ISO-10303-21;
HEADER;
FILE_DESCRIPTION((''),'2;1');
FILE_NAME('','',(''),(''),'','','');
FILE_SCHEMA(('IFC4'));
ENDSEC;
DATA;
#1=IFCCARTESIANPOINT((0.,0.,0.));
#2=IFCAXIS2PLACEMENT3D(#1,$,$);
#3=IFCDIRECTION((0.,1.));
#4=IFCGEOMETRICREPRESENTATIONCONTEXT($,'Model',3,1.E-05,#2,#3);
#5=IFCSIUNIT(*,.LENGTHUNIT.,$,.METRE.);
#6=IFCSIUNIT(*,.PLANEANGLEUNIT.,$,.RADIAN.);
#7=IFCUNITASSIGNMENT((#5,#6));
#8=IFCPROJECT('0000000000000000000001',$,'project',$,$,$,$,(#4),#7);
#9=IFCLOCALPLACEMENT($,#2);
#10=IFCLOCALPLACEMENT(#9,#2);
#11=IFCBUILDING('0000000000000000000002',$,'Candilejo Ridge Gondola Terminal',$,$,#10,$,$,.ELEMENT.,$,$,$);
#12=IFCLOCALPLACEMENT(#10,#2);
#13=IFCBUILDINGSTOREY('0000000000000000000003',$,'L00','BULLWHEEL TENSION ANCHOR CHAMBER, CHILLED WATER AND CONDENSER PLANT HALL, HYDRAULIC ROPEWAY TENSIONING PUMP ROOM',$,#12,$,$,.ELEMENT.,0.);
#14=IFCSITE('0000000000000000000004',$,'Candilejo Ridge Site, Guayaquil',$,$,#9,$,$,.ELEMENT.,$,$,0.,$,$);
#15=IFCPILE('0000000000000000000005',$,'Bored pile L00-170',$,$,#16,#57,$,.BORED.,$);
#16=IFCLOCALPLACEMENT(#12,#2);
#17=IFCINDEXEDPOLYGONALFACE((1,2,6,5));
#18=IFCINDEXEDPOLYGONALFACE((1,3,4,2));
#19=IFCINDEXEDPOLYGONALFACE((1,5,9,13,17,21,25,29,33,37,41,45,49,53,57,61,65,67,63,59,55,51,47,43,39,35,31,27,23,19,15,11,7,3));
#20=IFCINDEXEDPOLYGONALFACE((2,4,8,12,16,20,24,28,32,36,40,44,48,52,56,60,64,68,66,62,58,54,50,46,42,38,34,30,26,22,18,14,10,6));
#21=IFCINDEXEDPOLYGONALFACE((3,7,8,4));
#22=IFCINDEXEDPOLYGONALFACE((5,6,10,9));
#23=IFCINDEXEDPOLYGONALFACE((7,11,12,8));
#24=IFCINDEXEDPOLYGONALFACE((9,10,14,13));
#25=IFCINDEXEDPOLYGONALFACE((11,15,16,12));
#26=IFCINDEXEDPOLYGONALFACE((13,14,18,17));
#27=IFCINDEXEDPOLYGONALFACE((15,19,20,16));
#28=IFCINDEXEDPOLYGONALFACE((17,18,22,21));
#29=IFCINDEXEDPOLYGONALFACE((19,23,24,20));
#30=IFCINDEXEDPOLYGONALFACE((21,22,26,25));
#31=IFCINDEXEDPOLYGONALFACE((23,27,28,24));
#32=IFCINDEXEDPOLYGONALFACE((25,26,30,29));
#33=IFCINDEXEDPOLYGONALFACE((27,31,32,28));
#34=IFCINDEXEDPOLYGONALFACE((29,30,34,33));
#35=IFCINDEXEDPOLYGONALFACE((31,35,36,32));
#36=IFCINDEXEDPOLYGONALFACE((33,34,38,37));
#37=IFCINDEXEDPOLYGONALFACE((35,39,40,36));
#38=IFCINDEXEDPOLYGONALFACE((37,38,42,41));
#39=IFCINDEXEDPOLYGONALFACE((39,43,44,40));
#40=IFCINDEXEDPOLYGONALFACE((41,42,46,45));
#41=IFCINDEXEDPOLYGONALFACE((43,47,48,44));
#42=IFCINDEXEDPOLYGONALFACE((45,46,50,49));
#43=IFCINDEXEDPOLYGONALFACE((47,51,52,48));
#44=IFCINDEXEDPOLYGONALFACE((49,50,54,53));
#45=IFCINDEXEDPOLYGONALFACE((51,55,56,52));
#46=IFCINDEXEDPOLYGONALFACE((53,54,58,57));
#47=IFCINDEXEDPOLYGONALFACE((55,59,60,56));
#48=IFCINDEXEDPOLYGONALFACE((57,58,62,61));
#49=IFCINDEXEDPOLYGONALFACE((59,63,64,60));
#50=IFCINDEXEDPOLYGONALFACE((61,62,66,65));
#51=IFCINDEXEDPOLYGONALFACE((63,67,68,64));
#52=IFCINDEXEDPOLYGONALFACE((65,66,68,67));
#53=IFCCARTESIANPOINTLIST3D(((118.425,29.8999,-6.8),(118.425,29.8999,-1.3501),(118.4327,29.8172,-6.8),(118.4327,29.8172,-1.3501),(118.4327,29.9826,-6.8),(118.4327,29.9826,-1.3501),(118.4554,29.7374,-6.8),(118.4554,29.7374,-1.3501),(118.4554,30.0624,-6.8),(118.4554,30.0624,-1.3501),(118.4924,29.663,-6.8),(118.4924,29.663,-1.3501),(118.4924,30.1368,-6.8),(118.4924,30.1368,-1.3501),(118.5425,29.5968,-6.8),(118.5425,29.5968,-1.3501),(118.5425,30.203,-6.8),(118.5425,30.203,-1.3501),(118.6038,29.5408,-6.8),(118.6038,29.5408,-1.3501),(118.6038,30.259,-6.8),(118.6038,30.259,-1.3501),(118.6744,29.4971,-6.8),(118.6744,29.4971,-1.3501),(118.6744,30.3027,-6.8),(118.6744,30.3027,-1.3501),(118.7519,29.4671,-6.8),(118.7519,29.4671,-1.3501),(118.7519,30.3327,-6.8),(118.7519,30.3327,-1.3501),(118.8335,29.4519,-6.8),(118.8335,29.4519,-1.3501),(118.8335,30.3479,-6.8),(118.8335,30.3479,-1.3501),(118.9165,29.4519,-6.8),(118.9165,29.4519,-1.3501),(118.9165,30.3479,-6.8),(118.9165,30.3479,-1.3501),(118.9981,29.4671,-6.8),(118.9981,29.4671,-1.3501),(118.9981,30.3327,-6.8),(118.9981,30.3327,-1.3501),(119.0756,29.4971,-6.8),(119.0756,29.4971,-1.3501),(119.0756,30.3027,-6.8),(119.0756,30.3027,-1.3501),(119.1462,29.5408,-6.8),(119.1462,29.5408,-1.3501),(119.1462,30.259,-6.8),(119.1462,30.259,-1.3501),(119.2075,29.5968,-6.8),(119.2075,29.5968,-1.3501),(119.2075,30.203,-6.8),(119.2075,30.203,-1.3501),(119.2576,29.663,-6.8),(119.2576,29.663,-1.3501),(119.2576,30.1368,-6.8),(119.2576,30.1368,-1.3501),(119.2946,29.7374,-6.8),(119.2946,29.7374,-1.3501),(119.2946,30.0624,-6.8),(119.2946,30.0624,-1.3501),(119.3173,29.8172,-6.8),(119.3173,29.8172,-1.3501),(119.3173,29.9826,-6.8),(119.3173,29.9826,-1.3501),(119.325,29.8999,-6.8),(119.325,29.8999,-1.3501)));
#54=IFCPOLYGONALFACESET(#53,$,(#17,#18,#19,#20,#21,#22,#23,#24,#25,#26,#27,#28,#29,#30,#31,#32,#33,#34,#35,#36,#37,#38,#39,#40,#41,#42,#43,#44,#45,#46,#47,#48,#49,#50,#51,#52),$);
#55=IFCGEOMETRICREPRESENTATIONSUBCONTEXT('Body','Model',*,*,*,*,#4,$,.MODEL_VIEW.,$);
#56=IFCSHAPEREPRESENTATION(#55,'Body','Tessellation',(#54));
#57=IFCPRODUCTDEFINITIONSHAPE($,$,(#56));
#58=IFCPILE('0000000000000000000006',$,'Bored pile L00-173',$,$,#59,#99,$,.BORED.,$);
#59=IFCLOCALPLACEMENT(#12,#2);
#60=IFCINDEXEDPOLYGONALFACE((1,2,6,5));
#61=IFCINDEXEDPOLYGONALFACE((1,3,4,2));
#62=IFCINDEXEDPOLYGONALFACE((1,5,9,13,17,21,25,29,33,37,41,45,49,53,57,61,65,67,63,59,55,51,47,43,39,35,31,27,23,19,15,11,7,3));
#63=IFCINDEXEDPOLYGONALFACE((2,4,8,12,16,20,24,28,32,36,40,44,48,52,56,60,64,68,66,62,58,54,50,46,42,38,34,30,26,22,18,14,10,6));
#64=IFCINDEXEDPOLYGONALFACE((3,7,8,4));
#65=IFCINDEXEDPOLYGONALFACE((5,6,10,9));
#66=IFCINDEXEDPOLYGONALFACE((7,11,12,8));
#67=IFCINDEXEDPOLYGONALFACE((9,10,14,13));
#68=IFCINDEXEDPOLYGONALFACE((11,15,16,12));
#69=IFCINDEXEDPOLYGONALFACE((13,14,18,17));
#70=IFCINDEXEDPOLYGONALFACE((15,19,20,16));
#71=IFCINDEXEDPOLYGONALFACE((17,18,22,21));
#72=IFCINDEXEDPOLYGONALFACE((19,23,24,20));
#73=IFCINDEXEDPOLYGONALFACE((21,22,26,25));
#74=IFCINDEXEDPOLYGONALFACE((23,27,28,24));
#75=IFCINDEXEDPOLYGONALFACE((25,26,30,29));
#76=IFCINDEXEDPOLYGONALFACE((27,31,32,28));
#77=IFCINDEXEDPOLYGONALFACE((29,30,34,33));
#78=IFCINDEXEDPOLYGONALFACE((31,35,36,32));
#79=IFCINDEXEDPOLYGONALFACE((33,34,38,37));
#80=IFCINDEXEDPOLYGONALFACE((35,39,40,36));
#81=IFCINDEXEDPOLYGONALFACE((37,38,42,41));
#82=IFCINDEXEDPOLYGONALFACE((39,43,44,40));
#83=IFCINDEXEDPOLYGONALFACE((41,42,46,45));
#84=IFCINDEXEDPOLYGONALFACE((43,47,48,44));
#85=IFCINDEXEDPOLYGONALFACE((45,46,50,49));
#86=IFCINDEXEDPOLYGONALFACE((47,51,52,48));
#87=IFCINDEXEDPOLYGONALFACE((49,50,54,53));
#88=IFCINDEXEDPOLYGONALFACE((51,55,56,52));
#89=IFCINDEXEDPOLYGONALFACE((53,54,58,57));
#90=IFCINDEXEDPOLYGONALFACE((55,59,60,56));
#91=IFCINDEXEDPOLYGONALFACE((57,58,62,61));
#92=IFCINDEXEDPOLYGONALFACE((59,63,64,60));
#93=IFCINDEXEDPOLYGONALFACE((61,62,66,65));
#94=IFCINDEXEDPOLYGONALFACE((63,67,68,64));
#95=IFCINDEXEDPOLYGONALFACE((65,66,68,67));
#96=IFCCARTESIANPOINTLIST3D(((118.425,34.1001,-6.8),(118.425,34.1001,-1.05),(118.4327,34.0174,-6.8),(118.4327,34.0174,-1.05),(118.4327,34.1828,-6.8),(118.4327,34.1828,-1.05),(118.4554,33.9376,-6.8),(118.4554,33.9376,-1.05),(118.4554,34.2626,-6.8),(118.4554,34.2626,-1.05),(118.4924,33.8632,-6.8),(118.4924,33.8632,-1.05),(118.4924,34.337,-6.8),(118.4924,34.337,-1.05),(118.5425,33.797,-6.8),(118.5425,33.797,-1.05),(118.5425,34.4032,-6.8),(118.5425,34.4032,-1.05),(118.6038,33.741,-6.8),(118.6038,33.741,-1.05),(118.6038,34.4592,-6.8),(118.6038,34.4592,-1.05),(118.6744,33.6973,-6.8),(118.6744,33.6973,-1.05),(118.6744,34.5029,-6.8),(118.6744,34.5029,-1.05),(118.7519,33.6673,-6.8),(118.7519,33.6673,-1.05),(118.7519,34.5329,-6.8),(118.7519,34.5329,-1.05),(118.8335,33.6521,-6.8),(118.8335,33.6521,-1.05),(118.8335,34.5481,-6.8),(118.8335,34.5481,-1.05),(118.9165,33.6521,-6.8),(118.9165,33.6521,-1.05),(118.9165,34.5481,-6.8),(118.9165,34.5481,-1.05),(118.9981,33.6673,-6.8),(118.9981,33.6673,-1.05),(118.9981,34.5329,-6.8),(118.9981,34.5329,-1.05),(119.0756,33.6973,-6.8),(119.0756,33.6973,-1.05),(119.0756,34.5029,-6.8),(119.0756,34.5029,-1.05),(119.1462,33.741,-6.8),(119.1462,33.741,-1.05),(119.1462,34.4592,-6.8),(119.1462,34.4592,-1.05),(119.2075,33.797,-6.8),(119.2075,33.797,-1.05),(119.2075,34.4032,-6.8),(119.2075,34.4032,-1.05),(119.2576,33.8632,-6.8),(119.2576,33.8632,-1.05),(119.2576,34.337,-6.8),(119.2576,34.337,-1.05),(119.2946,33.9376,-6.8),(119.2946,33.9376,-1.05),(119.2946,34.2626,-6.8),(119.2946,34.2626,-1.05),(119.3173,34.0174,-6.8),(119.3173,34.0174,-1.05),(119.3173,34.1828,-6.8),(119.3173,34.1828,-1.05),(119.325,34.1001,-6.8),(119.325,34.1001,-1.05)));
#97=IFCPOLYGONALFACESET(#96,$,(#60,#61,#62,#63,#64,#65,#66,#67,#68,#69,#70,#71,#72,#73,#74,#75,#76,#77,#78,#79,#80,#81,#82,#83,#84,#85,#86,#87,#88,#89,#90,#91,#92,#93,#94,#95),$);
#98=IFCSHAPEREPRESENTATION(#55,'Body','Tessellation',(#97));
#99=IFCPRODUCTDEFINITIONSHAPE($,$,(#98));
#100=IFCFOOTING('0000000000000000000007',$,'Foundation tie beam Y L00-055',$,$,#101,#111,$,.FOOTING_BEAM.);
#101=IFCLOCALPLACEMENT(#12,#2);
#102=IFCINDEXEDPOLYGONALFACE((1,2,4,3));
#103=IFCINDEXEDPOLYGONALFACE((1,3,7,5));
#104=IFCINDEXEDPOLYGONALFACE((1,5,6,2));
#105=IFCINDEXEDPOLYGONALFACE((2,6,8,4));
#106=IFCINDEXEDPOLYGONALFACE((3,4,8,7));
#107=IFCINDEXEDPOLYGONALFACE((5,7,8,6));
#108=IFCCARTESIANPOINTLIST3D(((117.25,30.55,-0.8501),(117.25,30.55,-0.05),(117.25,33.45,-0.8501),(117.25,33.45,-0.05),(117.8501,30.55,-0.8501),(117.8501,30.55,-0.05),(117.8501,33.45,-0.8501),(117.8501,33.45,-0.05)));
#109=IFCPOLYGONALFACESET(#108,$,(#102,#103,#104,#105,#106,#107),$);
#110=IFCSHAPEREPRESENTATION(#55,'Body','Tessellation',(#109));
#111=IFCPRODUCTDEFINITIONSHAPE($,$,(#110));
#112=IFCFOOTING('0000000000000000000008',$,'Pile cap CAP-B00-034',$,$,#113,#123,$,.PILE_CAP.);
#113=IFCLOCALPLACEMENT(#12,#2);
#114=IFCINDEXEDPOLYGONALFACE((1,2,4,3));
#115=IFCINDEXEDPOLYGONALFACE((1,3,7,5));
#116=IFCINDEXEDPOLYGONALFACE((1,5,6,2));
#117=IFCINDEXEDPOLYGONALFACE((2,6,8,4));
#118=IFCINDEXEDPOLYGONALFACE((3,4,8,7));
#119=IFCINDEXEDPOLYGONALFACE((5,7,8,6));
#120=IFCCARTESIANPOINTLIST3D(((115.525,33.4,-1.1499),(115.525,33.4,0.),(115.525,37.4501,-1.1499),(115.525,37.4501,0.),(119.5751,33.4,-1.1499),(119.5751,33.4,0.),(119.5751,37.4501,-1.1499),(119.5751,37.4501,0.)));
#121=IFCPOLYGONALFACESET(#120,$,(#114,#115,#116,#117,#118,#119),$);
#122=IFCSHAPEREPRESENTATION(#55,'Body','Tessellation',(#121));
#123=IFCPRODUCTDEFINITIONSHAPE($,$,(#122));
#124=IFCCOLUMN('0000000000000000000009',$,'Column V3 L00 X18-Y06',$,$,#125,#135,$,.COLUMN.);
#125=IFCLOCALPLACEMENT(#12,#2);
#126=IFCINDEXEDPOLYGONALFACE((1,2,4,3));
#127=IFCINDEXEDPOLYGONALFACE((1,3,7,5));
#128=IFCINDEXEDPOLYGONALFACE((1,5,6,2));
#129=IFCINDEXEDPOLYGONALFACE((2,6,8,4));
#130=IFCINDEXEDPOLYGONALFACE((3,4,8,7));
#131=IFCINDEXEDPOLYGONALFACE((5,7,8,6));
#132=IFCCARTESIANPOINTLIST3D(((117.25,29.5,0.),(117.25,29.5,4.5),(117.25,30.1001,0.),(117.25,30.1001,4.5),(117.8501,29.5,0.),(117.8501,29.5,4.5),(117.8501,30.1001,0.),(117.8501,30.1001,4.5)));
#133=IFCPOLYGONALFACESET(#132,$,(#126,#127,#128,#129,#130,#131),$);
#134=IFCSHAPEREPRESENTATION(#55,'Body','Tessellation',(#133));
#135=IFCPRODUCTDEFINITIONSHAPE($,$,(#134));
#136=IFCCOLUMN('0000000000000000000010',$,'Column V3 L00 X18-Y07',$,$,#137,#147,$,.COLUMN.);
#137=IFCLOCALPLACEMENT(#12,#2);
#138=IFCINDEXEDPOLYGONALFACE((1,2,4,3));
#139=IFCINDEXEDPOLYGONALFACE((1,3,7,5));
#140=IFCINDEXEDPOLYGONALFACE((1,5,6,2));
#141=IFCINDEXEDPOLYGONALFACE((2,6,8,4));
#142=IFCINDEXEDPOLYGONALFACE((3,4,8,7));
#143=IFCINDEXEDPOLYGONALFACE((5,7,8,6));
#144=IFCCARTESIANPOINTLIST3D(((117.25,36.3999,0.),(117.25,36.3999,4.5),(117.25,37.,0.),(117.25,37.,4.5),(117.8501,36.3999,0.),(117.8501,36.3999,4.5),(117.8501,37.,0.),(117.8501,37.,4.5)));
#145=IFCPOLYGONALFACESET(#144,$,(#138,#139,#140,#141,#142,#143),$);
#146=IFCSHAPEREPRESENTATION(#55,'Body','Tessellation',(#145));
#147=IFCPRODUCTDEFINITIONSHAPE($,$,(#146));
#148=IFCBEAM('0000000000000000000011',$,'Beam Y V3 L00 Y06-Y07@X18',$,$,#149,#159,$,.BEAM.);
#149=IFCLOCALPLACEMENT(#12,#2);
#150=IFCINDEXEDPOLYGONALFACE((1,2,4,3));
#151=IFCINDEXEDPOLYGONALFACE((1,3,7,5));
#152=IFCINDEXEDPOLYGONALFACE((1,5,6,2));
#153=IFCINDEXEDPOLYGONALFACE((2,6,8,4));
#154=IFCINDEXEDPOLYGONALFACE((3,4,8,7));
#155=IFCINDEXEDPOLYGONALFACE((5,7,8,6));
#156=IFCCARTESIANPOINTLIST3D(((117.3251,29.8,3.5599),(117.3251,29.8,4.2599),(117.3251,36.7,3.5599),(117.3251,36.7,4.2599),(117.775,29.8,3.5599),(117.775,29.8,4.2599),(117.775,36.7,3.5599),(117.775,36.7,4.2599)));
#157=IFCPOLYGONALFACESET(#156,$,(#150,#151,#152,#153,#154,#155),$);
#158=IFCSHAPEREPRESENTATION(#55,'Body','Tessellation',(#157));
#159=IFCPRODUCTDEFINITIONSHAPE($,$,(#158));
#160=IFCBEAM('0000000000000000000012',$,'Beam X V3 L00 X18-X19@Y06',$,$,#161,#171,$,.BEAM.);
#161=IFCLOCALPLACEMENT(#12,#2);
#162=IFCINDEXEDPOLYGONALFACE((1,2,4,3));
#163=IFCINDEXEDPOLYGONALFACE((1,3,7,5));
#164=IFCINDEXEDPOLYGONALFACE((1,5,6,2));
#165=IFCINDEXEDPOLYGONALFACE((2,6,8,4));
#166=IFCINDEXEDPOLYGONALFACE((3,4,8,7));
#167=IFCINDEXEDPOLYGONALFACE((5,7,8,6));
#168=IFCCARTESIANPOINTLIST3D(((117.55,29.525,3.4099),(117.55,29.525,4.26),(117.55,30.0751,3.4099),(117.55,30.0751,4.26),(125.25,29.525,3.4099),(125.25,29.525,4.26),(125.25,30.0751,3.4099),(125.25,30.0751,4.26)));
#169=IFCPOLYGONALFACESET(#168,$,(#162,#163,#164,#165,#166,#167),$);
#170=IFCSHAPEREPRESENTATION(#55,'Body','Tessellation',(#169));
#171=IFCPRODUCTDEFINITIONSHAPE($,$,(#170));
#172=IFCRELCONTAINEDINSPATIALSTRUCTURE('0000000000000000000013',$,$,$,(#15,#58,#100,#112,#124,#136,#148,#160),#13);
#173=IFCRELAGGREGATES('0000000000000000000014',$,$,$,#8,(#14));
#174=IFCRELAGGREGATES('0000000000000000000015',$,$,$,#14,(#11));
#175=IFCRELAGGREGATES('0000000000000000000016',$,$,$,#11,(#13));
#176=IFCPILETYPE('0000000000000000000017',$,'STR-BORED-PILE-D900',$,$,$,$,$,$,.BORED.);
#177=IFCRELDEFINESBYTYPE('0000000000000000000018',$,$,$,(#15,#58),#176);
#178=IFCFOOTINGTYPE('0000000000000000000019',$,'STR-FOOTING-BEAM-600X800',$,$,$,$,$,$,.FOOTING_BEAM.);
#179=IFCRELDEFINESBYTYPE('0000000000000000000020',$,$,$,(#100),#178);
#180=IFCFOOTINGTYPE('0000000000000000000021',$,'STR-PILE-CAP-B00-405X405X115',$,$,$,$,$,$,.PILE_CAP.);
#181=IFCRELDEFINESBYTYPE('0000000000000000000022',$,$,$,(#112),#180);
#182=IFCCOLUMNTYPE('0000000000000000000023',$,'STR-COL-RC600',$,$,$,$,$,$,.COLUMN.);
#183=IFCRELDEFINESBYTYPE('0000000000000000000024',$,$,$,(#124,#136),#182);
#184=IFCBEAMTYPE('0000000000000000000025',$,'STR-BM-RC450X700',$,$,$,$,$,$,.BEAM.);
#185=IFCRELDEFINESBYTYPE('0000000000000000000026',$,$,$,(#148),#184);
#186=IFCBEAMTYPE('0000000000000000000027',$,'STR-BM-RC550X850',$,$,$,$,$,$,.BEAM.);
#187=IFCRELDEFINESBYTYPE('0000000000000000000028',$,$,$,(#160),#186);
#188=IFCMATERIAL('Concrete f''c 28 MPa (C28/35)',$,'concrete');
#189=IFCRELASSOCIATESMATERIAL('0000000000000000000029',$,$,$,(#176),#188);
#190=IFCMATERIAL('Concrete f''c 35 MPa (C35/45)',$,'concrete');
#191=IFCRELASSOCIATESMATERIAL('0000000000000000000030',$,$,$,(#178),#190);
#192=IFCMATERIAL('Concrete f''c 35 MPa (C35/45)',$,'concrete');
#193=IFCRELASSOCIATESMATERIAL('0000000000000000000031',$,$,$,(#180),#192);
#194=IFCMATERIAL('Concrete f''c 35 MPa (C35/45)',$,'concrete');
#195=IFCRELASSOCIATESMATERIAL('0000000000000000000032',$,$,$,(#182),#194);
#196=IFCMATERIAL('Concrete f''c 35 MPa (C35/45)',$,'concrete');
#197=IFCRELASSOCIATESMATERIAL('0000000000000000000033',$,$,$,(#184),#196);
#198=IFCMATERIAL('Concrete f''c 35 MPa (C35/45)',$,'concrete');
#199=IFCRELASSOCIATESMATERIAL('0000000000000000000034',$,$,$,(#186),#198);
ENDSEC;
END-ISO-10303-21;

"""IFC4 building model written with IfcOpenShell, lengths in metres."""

from ifc_helpers import new_model, si_unit, direction, frame, origin, origin_2d, place, context, subcontext, project, spatial, rectangle, circle, extrude, material, material_profile, profile_set, type_object, element, save


model = new_model("IFC4")

# Units and contexts
model_context = context("Model", 3, precision=1e-05, world=origin(), true_north=direction((0.0, 1.0)))
body_context = subcontext(model_context, "Body", "Model", "MODEL_VIEW")
ifc_project = project(units=[si_unit("LENGTHUNIT", "METRE"), si_unit("PLANEANGLEUNIT", "RADIAN")], contexts=[model_context])

# Site, building, storey
site_placement = place(None, origin())
site = spatial("IfcSite", under=ifc_project, at=site_placement, Name="Candilejo Ridge Site, Guayaquil", CompositionType="ELEMENT", RefElevation=0.0)
building_placement = place(site_placement, origin())
building = spatial("IfcBuilding", under=site, at=building_placement, Name="Candilejo Ridge Gondola Terminal", CompositionType="ELEMENT")
storey_placement = place(building_placement, origin())
storey = spatial("IfcBuildingStorey", under=building, at=storey_placement, Name="L00", Description="BULLWHEEL TENSION ANCHOR CHAMBER, CHILLED WATER AND CONDENSER PLANT HALL, HYDRAULIC ROPEWAY TENSIONING PUMP ROOM", CompositionType="ELEMENT", Elevation=0.0)

# Piles
ifc_material_1 = material(Name="Concrete f'c 28 MPa (C28/35)", Category="concrete")
ifc_material_profile_1 = material_profile(ifc_material_1, circle(Radius=0.45, at=origin_2d()))
ifc_profile_set_1 = profile_set([ifc_material_profile_1], Name="Concrete f'c 28 MPa (C28/35)")
pile_type = type_object("IfcPileType", Name="STR-BORED-PILE-D900", PredefinedType="BORED", material=ifc_profile_set_1)
pile_1_placement = place(storey_placement, frame((118.875, 29.8999, -1.3501), z_axis=(0.0, 0.0, -1.0), x_axis=(1.0, 0.0, 0.0)))
element("IfcPile", 1, at=pile_1_placement, inside=storey, type_object=pile_type, Name="Bored pile L00-170", PredefinedType="BORED", context=body_context, shape_type="SweptSolid", body=[
    extrude(circle(Radius=0.45, at=origin_2d()), origin(), (0.0, 0.0, 1.0), 5.45),
])
pile_2_placement = place(storey_placement, frame((118.875, 34.1001, -1.05), z_axis=(0.0, 0.0, -1.0), x_axis=(1.0, 0.0, 0.0)))
element("IfcPile", 2, at=pile_2_placement, inside=storey, type_object=pile_type, Name="Bored pile L00-173", PredefinedType="BORED", context=body_context, shape_type="SweptSolid", body=[
    extrude(circle(Radius=0.45, at=origin_2d()), origin(), (0.0, 0.0, 1.0), 5.75),
])

# Footings
ifc_material_2 = material(Name="Concrete f'c 35 MPa (C35/45)", Category="concrete")
footing_type_1 = type_object("IfcFootingType", Name="STR-FOOTING-BEAM-600X800", PredefinedType="FOOTING_BEAM", material=ifc_material_2)
footing_1_placement = place(storey_placement, frame((117.55, 32.0, -0.8501), z_axis=(0.0, 0.0, 1.0), x_axis=(1.0, 0.0, 0.0)))
element("IfcFooting", 3, at=footing_1_placement, inside=storey, type_object=footing_type_1, Name="Foundation tie beam Y L00-055", PredefinedType="FOOTING_BEAM", context=body_context, shape_type="SweptSolid", body=[
    extrude(rectangle(XDim=0.6001, YDim=2.8999, at=origin_2d()), origin(), (0.0, 0.0, 1.0), 0.8),
])
ifc_material_3 = material(Name="Concrete f'c 35 MPa (C35/45)", Category="concrete")
footing_type_2 = type_object("IfcFootingType", Name="STR-PILE-CAP-B00-405X405X115", PredefinedType="PILE_CAP", material=ifc_material_3)
footing_2_placement = place(storey_placement, frame((117.55, 35.425, -1.1499), z_axis=(0.0, 0.0, 1.0), x_axis=(1.0, 0.0, 0.0)))
element("IfcFooting", 4, at=footing_2_placement, inside=storey, type_object=footing_type_2, Name="Pile cap CAP-B00-034", PredefinedType="PILE_CAP", context=body_context, shape_type="SweptSolid", body=[
    extrude(rectangle(XDim=4.05, YDim=4.05, at=origin_2d()), origin(), (0.0, 0.0, 1.0), 1.1499),
])

# Columns
ifc_material_4 = material(Name="Concrete f'c 35 MPa (C35/45)", Category="concrete")
ifc_material_profile_2 = material_profile(ifc_material_4, rectangle(XDim=0.6001, YDim=0.6001, at=origin_2d()))
ifc_profile_set_2 = profile_set([ifc_material_profile_2], Name="Concrete f'c 35 MPa (C35/45)")
column_type = type_object("IfcColumnType", Name="STR-COL-RC600", PredefinedType="COLUMN", material=ifc_profile_set_2)
for number, where, z_axis, x_axis, name in (
    (5, (117.55, 29.8, 0.0), (0.0, 0.0, 1.0), (1.0, 0.0, 0.0), "Column V3 L00 X18-Y06"),
    (6, (117.55, 36.7, 0.0), (0.0, 0.0, 1.0), (1.0, 0.0, 0.0), "Column V3 L00 X18-Y07"),
):
    element("IfcColumn", number, at=place(storey_placement, frame(where, z_axis=z_axis, x_axis=x_axis)), inside=storey, type_object=column_type, Name=name, PredefinedType="COLUMN", context=body_context, shape_type="SweptSolid", body=[
        extrude(rectangle(XDim=0.6001, YDim=0.6001, at=origin_2d()), origin(), (0.0, 0.0, 1.0), 4.5),
    ])

# Beams
ifc_material_5 = material(Name="Concrete f'c 35 MPa (C35/45)", Category="concrete")
ifc_material_profile_3 = material_profile(ifc_material_5, rectangle(XDim=0.45, YDim=0.7, at=origin_2d()))
ifc_profile_set_3 = profile_set([ifc_material_profile_3], Name="Concrete f'c 35 MPa (C35/45)")
beam_type_1 = type_object("IfcBeamType", Name="STR-BM-RC450X700", PredefinedType="BEAM", material=ifc_profile_set_3)
beam_1_placement = place(storey_placement, frame((117.55, 29.8, 3.9099), z_axis=(0.0, 1.0, 0.0), x_axis=(-1.0, 0.0, 0.0)))
element("IfcBeam", 7, at=beam_1_placement, inside=storey, type_object=beam_type_1, Name="Beam Y V3 L00 Y06-Y07@X18", PredefinedType="BEAM", context=body_context, shape_type="SweptSolid", body=[
    extrude(rectangle(XDim=0.45, YDim=0.7, at=origin_2d()), origin(), (0.0, 0.0, 1.0), 6.8999),
])
ifc_material_6 = material(Name="Concrete f'c 35 MPa (C35/45)", Category="concrete")
ifc_material_profile_4 = material_profile(ifc_material_6, rectangle(XDim=0.55, YDim=0.8501, at=origin_2d()))
ifc_profile_set_4 = profile_set([ifc_material_profile_4], Name="Concrete f'c 35 MPa (C35/45)")
beam_type_2 = type_object("IfcBeamType", Name="STR-BM-RC550X850", PredefinedType="BEAM", material=ifc_profile_set_4)
beam_2_placement = place(storey_placement, frame((117.55, 29.8, 3.835), z_axis=(1.0, 0.0, 0.0), x_axis=(0.0, 1.0, 0.0)))
element("IfcBeam", 8, at=beam_2_placement, inside=storey, type_object=beam_type_2, Name="Beam X V3 L00 X18-X19@Y06", PredefinedType="BEAM", context=body_context, shape_type="SweptSolid", body=[
    extrude(rectangle(XDim=0.55, YDim=0.8501, at=origin_2d()), origin(), (0.0, 0.0, 1.0), 7.7),
])

save(model, "model.ifc")
